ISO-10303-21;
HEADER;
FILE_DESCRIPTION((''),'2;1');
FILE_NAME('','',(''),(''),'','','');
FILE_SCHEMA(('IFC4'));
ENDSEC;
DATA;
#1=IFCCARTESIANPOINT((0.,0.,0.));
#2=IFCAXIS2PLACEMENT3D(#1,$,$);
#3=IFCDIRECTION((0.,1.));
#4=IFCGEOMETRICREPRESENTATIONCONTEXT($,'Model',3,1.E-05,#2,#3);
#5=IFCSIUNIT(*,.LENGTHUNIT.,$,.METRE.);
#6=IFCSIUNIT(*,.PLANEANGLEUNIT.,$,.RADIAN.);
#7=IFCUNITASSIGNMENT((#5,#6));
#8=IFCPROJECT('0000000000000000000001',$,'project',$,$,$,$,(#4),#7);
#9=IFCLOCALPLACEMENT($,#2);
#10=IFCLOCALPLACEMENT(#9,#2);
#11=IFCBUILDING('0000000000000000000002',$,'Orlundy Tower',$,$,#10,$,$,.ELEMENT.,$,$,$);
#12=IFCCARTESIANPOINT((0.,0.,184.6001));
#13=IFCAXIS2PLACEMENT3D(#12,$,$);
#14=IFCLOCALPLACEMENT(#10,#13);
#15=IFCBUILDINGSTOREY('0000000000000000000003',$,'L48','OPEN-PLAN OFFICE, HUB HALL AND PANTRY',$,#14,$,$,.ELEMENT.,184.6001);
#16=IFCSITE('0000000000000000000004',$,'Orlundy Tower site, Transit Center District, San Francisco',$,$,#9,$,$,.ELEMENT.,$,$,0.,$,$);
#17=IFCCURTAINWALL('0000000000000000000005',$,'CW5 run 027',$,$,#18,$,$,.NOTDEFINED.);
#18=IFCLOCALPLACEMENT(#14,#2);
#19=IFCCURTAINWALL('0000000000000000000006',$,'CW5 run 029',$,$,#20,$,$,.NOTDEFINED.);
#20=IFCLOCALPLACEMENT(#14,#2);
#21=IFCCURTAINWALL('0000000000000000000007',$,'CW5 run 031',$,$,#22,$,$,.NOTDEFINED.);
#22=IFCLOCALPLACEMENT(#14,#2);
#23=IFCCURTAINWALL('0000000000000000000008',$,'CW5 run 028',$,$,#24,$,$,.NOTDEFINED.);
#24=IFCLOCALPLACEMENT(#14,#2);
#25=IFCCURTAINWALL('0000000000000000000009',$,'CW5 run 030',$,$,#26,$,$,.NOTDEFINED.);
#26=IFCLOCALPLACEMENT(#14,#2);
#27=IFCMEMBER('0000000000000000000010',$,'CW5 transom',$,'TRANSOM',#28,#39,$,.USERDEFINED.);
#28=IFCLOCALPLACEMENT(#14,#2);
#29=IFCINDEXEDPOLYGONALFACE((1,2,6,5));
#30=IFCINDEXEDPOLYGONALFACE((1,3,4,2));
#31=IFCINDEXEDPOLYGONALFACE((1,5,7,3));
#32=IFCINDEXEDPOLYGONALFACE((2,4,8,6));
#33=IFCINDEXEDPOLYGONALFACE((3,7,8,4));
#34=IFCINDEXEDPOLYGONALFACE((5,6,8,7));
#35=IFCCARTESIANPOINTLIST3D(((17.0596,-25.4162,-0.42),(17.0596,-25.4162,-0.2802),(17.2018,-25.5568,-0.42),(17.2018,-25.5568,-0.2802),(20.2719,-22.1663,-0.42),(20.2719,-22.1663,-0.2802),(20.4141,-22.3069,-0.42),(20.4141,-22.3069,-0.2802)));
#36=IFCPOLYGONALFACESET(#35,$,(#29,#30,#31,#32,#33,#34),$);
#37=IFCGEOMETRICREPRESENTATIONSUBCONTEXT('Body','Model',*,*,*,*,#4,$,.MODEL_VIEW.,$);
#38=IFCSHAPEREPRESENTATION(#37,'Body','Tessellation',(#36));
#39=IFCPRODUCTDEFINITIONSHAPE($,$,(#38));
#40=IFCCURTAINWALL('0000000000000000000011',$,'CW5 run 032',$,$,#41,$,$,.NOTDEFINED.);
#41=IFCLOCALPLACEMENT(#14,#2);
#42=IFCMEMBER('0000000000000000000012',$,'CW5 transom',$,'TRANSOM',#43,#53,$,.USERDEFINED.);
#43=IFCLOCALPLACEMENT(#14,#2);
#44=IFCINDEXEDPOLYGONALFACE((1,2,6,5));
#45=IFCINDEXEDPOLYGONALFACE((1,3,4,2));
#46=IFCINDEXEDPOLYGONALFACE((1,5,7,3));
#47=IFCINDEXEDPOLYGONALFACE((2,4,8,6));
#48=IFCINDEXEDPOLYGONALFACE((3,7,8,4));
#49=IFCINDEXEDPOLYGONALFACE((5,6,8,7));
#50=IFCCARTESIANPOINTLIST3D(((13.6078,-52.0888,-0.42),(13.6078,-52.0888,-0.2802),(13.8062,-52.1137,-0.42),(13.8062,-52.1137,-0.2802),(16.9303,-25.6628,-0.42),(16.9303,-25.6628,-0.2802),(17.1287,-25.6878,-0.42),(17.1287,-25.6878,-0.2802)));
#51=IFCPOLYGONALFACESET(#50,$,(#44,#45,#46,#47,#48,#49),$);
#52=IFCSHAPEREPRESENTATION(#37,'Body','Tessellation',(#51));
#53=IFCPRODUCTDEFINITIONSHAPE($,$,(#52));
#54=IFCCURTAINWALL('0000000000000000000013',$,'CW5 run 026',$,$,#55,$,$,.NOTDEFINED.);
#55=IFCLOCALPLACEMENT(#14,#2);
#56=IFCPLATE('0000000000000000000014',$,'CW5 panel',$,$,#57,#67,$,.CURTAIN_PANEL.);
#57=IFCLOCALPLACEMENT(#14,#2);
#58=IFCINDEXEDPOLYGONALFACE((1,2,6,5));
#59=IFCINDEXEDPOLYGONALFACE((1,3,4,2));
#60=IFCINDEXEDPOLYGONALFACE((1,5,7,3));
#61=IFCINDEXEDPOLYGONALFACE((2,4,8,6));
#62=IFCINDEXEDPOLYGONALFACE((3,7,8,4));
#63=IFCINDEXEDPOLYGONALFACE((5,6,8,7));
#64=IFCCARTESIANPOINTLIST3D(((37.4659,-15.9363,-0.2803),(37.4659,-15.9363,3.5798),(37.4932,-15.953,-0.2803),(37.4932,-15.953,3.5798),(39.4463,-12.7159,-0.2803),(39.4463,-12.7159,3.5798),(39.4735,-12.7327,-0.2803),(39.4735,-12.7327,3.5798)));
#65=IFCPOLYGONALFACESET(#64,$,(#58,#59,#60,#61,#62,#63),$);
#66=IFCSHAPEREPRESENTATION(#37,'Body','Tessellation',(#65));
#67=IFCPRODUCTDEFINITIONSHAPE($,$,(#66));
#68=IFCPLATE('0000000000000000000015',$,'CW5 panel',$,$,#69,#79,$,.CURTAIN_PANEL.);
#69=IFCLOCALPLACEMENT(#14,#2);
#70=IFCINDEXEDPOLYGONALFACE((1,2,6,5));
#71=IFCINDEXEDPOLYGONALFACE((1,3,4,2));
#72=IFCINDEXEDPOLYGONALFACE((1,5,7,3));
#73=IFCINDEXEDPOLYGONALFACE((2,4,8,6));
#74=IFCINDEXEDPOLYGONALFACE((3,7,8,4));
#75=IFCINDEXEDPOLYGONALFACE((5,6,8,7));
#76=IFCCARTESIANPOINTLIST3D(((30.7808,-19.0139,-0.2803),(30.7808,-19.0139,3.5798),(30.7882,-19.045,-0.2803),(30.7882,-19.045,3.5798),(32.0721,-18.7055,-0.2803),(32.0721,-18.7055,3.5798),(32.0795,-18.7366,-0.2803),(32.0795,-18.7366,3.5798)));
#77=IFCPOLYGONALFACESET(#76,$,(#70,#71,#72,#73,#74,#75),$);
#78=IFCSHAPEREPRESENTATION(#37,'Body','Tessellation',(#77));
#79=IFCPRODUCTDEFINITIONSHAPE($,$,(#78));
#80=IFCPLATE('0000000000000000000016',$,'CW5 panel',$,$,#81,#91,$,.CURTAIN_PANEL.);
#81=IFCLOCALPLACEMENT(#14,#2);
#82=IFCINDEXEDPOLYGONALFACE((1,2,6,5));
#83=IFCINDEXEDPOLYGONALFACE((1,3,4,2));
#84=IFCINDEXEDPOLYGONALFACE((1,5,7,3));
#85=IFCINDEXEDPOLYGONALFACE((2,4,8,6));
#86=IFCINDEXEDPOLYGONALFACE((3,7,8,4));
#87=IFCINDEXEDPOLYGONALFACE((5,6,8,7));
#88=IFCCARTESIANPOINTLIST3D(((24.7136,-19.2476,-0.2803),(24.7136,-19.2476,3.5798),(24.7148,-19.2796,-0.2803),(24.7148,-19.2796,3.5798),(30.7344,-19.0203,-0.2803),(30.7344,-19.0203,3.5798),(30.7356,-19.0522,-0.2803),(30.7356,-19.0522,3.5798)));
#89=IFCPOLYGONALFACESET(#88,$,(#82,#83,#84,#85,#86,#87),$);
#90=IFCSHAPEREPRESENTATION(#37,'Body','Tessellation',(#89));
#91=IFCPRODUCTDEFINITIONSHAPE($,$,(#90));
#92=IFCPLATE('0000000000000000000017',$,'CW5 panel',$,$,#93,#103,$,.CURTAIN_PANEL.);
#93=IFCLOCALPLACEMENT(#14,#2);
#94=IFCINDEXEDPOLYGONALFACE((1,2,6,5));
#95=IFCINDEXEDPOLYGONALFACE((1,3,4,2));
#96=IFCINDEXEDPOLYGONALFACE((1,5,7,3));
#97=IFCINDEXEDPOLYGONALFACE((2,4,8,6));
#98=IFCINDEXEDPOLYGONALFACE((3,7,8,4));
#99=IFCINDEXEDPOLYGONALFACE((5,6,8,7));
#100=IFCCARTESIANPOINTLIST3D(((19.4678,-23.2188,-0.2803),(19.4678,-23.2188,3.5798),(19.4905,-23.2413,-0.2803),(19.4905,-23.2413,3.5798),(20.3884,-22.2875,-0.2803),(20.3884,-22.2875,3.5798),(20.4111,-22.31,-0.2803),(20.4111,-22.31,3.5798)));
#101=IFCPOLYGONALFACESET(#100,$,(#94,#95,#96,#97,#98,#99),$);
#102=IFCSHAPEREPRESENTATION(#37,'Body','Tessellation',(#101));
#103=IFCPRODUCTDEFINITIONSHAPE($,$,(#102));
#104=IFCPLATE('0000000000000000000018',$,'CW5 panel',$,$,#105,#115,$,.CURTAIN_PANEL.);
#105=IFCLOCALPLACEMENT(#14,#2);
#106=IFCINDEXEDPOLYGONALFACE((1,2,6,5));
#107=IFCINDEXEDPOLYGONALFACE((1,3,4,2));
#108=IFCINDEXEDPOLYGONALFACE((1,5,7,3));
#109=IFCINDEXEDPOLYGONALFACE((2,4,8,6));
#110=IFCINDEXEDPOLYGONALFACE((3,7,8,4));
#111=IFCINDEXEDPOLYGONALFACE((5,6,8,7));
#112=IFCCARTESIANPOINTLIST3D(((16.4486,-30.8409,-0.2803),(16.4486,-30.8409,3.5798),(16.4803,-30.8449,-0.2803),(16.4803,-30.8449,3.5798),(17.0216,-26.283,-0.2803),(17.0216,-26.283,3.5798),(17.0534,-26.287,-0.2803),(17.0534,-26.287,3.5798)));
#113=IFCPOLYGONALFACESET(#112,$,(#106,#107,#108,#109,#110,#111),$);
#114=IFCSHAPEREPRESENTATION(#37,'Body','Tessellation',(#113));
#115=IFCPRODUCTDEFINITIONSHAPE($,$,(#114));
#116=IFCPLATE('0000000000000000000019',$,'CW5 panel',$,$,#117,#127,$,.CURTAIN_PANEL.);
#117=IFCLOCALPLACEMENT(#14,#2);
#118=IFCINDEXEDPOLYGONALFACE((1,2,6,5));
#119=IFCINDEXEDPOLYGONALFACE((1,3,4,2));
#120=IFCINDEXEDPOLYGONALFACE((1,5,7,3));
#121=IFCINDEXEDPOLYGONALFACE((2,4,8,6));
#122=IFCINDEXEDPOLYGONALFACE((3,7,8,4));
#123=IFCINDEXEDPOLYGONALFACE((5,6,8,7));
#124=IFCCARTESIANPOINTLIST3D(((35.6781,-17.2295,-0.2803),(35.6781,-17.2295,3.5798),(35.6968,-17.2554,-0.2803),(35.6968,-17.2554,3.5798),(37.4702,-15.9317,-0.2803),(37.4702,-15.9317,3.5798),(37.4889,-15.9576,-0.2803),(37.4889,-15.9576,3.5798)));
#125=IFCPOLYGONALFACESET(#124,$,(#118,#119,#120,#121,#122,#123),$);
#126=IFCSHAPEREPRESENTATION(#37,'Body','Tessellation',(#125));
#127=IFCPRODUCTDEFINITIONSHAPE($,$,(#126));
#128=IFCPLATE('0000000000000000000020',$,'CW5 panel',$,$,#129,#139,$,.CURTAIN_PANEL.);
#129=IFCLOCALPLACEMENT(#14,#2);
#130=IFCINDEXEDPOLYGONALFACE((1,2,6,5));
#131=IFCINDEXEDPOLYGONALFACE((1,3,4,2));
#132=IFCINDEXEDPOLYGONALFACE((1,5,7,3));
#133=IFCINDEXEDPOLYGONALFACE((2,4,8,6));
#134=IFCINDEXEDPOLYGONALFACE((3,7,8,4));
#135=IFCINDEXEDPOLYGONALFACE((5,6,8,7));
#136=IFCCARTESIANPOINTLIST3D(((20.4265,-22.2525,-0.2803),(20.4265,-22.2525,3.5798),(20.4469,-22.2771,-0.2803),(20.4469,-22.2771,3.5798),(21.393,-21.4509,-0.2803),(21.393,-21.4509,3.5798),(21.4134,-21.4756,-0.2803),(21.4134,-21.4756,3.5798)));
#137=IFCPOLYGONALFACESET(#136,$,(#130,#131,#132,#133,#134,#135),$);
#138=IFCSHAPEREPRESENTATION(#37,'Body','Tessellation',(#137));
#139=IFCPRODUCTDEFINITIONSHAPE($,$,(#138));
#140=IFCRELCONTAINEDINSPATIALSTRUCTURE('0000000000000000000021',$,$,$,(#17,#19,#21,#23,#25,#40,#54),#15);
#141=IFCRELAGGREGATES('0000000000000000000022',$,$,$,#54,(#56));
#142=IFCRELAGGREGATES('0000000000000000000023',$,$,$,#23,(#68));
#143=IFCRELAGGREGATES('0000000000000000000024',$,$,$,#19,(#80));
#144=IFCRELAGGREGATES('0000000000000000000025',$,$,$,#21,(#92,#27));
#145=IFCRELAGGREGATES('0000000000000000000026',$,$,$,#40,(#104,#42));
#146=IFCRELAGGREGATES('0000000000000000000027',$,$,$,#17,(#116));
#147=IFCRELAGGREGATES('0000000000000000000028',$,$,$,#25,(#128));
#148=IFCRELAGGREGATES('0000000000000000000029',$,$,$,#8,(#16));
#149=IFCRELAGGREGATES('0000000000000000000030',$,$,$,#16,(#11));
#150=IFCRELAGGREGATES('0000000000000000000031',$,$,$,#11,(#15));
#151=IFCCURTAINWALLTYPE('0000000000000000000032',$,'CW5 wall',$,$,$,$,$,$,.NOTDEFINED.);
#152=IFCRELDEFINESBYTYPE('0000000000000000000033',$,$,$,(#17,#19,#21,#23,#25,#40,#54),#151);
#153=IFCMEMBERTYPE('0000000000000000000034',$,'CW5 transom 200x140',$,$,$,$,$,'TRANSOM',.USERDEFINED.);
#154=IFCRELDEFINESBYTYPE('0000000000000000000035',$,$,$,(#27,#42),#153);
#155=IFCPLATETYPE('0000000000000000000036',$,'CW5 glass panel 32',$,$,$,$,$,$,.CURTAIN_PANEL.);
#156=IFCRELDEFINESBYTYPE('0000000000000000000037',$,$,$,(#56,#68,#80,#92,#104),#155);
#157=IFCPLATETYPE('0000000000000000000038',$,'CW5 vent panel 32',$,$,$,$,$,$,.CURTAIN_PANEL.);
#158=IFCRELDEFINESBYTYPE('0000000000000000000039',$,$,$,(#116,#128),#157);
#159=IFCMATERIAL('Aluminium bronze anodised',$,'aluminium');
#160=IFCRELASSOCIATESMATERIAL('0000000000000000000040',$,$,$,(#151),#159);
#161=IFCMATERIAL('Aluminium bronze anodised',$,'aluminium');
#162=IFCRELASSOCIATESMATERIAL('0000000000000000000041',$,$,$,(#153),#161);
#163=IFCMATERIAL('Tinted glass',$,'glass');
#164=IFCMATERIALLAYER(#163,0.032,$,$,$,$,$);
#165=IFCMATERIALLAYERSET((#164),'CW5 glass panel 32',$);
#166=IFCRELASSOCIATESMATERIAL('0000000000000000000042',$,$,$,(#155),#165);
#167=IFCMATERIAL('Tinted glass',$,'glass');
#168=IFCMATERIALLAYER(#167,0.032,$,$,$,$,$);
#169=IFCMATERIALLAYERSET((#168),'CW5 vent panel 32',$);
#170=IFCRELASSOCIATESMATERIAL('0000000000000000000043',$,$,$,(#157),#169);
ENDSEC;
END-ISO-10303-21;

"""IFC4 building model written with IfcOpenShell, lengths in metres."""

from ifc_helpers import new_model, si_unit, direction, frame, origin, origin_2d, place, context, subcontext, project, spatial, rectangle, extrude, material, layer, layer_set, material_profile, profile_set, type_object, element, aggregate, save


model = new_model("IFC4")

# Units and contexts
model_context = context("Model", 3, precision=1e-05, world=origin(), true_north=direction((0.0, 1.0)))
body_context = subcontext(model_context, "Body", "Model", "MODEL_VIEW")
ifc_project = project(units=[si_unit("LENGTHUNIT", "METRE"), si_unit("PLANEANGLEUNIT", "RADIAN")], contexts=[model_context])

# Site, building, storey
site_placement = place(None, origin())
site = spatial("IfcSite", under=ifc_project, at=site_placement, Name="Orlundy Tower site, Transit Center District, San Francisco", CompositionType="ELEMENT", RefElevation=0.0)
building_placement = place(site_placement, origin())
building = spatial("IfcBuilding", under=site, at=building_placement, Name="Orlundy Tower", CompositionType="ELEMENT")
storey_placement = place(building_placement, frame((0.0, 0.0, 184.6001)))
storey = spatial("IfcBuildingStorey", under=building, at=storey_placement, Name="L48", Description="OPEN-PLAN OFFICE, HUB HALL AND PANTRY", CompositionType="ELEMENT", Elevation=184.6001)

# Curtain walls
ifc_material_1 = material(Name="Aluminium bronze anodised", Category="aluminium")
curtain_wall_type = type_object("IfcCurtainWallType", Name="CW5 wall", PredefinedType="NOTDEFINED", material=ifc_material_1)
curtain_wall_1_placement = place(storey_placement, origin())
curtain_wall_1 = element("IfcCurtainWall", 1, at=curtain_wall_1_placement, inside=storey, type_object=curtain_wall_type, Name="CW5 run 027", PredefinedType="NOTDEFINED")
curtain_wall_2_placement = place(storey_placement, origin())
curtain_wall_2 = element("IfcCurtainWall", 2, at=curtain_wall_2_placement, inside=storey, type_object=curtain_wall_type, Name="CW5 run 029", PredefinedType="NOTDEFINED")
curtain_wall_3_placement = place(storey_placement, origin())
curtain_wall_3 = element("IfcCurtainWall", 3, at=curtain_wall_3_placement, inside=storey, type_object=curtain_wall_type, Name="CW5 run 031", PredefinedType="NOTDEFINED")

# Shared definitions
ifc_material_2 = material(Name="Aluminium bronze anodised", Category="aluminium")
ifc_material_profile_1 = material_profile(ifc_material_2, rectangle(XDim=0.2, YDim=0.1399, at=origin_2d()), Name="CW5 transom 200x140")
ifc_profile_set_1 = profile_set([ifc_material_profile_1], Name="Aluminium bronze anodised")
member_type_1 = type_object("IfcMemberType", Name="CW5 transom 200x140", ElementType="TRANSOM", PredefinedType="USERDEFINED", material=ifc_profile_set_1)

# Curtain wall
curtain_wall_4_placement = place(storey_placement, origin())
curtain_wall_4 = element("IfcCurtainWall", 4, at=curtain_wall_4_placement, inside=storey, type_object=curtain_wall_type, Name="CW5 run 028", PredefinedType="NOTDEFINED")

# Curtain wall
curtain_wall_5_placement = place(storey_placement, origin())
curtain_wall_5 = element("IfcCurtainWall", 5, at=curtain_wall_5_placement, inside=storey, type_object=curtain_wall_type, Name="CW5 run 030", PredefinedType="NOTDEFINED")

# Member
member_1_placement = place(storey_placement, frame((20.343, -22.2366, -0.3501), z_axis=(-0.702981, -0.711209, 0.0), x_axis=(0.711209, -0.702981, 0.0)))
member_1 = element("IfcMember", 6, at=member_1_placement, type_object=member_type_1, Name="CW5 transom", ObjectType="TRANSOM", PredefinedType="USERDEFINED", context=body_context, shape_type="SweptSolid", body=[
    extrude(rectangle(XDim=0.2, YDim=0.1399, at=origin_2d()), origin(), (0.0, 0.0, 1.0), 4.5696),
])

# Curtain wall, member
curtain_wall_6_placement = place(storey_placement, origin())
curtain_wall_6 = element("IfcCurtainWall", 7, at=curtain_wall_6_placement, inside=storey, type_object=curtain_wall_type, Name="CW5 run 032", PredefinedType="NOTDEFINED")
member_2_placement = place(storey_placement, frame((17.0295, -25.6753, -0.3501), z_axis=(-0.124747, -0.992189, 0.0), x_axis=(0.992189, -0.124747, 0.0)))
member_2 = element("IfcMember", 8, at=member_2_placement, type_object=member_type_1, Name="CW5 transom", ObjectType="TRANSOM", PredefinedType="USERDEFINED", context=body_context, shape_type="SweptSolid", body=[
    extrude(rectangle(XDim=0.2, YDim=0.1399, at=origin_2d()), origin(), (0.0, 0.0, 1.0), 26.634),
])

# Curtain wall, plate
curtain_wall_7_placement = place(storey_placement, origin())
curtain_wall_7 = element("IfcCurtainWall", 9, at=curtain_wall_7_placement, inside=storey, type_object=curtain_wall_type, Name="CW5 run 026", PredefinedType="NOTDEFINED")
ifc_material_3 = material(Name="Tinted glass", Category="glass")
ifc_layer_1 = layer(ifc_material_3, 0.032)
ifc_layer_set_1 = layer_set([ifc_layer_1], Name="CW5 glass panel 32")
plate_type_1 = type_object("IfcPlateType", Name="CW5 glass panel 32", PredefinedType="CURTAIN_PANEL", material=ifc_layer_set_1)
plate_1_placement = place(storey_placement, frame((38.4697, -14.3345, -0.2803), z_axis=(0.0, 0.0, 1.0), x_axis=(-0.523827, -0.851825, 0.0)))
plate_1 = element("IfcPlate", 10, at=plate_1_placement, type_object=plate_type_1, Name="CW5 panel", PredefinedType="CURTAIN_PANEL", context=body_context, shape_type="SweptSolid", body=[
    extrude(rectangle(XDim=3.7805, YDim=0.032, at=origin_2d()), origin(), (0.0, 0.0, 1.0), 3.8601),
])
aggregate(curtain_wall_7, [plate_1])

# Plates
plate_2_placement = place(storey_placement, frame((31.4302, -18.8752, -0.2803), z_axis=(0.0, 0.0, 1.0), x_axis=(-0.972644, -0.232301, 0.0)))
plate_2 = element("IfcPlate", 11, at=plate_2_placement, type_object=plate_type_1, Name="CW5 panel", PredefinedType="CURTAIN_PANEL", context=body_context, shape_type="SweptSolid", body=[
    extrude(rectangle(XDim=1.3276, YDim=0.032, at=origin_2d()), origin(), (0.0, 0.0, 1.0), 3.8601),
])
aggregate(curtain_wall_4, [plate_2])
plate_3_placement = place(storey_placement, frame((27.7246, -19.1499, -0.2803), z_axis=(0.0, 0.0, 1.0), x_axis=(-0.999288, -0.037731, 0.0)))
plate_3 = element("IfcPlate", 12, at=plate_3_placement, type_object=plate_type_1, Name="CW5 panel", PredefinedType="CURTAIN_PANEL", context=body_context, shape_type="SweptSolid", body=[
    extrude(rectangle(XDim=6.0251, YDim=0.032, at=origin_2d()), origin(), (0.0, 0.0, 1.0), 3.8601),
])
aggregate(curtain_wall_2, [plate_3])
plate_4_placement = place(storey_placement, frame((19.9395, -22.7644, -0.2803), z_axis=(0.0, 0.0, 1.0), x_axis=(-0.702998, -0.711192, 0.0)))
plate_4 = element("IfcPlate", 13, at=plate_4_placement, type_object=plate_type_1, Name="CW5 panel", PredefinedType="CURTAIN_PANEL", context=body_context, shape_type="SweptSolid", body=[
    extrude(rectangle(XDim=1.3096, YDim=0.032, at=origin_2d()), origin(), (0.0, 0.0, 1.0), 3.8601),
])
aggregate(curtain_wall_3, [plate_4, member_1])
plate_5_placement = place(storey_placement, frame((16.751, -28.564, -0.2803), z_axis=(0.0, 0.0, 1.0), x_axis=(-0.124742, -0.992189, 0.0)))
plate_5 = element("IfcPlate", 14, at=plate_5_placement, type_object=plate_type_1, Name="CW5 panel", PredefinedType="CURTAIN_PANEL", context=body_context, shape_type="SweptSolid", body=[
    extrude(rectangle(XDim=4.5938, YDim=0.032, at=origin_2d()), origin(), (0.0, 0.0, 1.0), 3.8601),
])
aggregate(curtain_wall_6, [plate_5, member_2])
ifc_material_4 = material(Name="Tinted glass", Category="glass")
ifc_layer_2 = layer(ifc_material_4, 0.032)
ifc_layer_set_2 = layer_set([ifc_layer_2], Name="CW5 vent panel 32")
plate_type_2 = type_object("IfcPlateType", Name="CW5 vent panel 32", PredefinedType="CURTAIN_PANEL", material=ifc_layer_set_2)
plate_6_placement = place(storey_placement, frame((36.5835, -16.5935, -0.2803), z_axis=(0.0, 0.0, 1.0), x_axis=(-0.809924, -0.586534, 0.0)))
plate_6 = element("IfcPlate", 15, at=plate_6_placement, type_object=plate_type_2, Name="CW5 panel", PredefinedType="CURTAIN_PANEL", context=body_context, shape_type="SweptSolid", body=[
    extrude(rectangle(XDim=2.2126, YDim=0.032, at=origin_2d()), origin(), (0.0, 0.0, 1.0), 3.8601),
])
aggregate(curtain_wall_1, [plate_6])
plate_7_placement = place(storey_placement, frame((20.9199, -21.864, -0.2803), z_axis=(0.0, 0.0, 1.0), x_axis=(-0.769735, -0.638363, 0.0)))
plate_7 = element("IfcPlate", 16, at=plate_7_placement, type_object=plate_type_2, Name="CW5 panel", PredefinedType="CURTAIN_PANEL", context=body_context, shape_type="SweptSolid", body=[
    extrude(rectangle(XDim=1.2556, YDim=0.032, at=origin_2d()), origin(), (0.0, 0.0, 1.0), 3.8601),
])
aggregate(curtain_wall_5, [plate_7])

save(model, "model.ifc")
